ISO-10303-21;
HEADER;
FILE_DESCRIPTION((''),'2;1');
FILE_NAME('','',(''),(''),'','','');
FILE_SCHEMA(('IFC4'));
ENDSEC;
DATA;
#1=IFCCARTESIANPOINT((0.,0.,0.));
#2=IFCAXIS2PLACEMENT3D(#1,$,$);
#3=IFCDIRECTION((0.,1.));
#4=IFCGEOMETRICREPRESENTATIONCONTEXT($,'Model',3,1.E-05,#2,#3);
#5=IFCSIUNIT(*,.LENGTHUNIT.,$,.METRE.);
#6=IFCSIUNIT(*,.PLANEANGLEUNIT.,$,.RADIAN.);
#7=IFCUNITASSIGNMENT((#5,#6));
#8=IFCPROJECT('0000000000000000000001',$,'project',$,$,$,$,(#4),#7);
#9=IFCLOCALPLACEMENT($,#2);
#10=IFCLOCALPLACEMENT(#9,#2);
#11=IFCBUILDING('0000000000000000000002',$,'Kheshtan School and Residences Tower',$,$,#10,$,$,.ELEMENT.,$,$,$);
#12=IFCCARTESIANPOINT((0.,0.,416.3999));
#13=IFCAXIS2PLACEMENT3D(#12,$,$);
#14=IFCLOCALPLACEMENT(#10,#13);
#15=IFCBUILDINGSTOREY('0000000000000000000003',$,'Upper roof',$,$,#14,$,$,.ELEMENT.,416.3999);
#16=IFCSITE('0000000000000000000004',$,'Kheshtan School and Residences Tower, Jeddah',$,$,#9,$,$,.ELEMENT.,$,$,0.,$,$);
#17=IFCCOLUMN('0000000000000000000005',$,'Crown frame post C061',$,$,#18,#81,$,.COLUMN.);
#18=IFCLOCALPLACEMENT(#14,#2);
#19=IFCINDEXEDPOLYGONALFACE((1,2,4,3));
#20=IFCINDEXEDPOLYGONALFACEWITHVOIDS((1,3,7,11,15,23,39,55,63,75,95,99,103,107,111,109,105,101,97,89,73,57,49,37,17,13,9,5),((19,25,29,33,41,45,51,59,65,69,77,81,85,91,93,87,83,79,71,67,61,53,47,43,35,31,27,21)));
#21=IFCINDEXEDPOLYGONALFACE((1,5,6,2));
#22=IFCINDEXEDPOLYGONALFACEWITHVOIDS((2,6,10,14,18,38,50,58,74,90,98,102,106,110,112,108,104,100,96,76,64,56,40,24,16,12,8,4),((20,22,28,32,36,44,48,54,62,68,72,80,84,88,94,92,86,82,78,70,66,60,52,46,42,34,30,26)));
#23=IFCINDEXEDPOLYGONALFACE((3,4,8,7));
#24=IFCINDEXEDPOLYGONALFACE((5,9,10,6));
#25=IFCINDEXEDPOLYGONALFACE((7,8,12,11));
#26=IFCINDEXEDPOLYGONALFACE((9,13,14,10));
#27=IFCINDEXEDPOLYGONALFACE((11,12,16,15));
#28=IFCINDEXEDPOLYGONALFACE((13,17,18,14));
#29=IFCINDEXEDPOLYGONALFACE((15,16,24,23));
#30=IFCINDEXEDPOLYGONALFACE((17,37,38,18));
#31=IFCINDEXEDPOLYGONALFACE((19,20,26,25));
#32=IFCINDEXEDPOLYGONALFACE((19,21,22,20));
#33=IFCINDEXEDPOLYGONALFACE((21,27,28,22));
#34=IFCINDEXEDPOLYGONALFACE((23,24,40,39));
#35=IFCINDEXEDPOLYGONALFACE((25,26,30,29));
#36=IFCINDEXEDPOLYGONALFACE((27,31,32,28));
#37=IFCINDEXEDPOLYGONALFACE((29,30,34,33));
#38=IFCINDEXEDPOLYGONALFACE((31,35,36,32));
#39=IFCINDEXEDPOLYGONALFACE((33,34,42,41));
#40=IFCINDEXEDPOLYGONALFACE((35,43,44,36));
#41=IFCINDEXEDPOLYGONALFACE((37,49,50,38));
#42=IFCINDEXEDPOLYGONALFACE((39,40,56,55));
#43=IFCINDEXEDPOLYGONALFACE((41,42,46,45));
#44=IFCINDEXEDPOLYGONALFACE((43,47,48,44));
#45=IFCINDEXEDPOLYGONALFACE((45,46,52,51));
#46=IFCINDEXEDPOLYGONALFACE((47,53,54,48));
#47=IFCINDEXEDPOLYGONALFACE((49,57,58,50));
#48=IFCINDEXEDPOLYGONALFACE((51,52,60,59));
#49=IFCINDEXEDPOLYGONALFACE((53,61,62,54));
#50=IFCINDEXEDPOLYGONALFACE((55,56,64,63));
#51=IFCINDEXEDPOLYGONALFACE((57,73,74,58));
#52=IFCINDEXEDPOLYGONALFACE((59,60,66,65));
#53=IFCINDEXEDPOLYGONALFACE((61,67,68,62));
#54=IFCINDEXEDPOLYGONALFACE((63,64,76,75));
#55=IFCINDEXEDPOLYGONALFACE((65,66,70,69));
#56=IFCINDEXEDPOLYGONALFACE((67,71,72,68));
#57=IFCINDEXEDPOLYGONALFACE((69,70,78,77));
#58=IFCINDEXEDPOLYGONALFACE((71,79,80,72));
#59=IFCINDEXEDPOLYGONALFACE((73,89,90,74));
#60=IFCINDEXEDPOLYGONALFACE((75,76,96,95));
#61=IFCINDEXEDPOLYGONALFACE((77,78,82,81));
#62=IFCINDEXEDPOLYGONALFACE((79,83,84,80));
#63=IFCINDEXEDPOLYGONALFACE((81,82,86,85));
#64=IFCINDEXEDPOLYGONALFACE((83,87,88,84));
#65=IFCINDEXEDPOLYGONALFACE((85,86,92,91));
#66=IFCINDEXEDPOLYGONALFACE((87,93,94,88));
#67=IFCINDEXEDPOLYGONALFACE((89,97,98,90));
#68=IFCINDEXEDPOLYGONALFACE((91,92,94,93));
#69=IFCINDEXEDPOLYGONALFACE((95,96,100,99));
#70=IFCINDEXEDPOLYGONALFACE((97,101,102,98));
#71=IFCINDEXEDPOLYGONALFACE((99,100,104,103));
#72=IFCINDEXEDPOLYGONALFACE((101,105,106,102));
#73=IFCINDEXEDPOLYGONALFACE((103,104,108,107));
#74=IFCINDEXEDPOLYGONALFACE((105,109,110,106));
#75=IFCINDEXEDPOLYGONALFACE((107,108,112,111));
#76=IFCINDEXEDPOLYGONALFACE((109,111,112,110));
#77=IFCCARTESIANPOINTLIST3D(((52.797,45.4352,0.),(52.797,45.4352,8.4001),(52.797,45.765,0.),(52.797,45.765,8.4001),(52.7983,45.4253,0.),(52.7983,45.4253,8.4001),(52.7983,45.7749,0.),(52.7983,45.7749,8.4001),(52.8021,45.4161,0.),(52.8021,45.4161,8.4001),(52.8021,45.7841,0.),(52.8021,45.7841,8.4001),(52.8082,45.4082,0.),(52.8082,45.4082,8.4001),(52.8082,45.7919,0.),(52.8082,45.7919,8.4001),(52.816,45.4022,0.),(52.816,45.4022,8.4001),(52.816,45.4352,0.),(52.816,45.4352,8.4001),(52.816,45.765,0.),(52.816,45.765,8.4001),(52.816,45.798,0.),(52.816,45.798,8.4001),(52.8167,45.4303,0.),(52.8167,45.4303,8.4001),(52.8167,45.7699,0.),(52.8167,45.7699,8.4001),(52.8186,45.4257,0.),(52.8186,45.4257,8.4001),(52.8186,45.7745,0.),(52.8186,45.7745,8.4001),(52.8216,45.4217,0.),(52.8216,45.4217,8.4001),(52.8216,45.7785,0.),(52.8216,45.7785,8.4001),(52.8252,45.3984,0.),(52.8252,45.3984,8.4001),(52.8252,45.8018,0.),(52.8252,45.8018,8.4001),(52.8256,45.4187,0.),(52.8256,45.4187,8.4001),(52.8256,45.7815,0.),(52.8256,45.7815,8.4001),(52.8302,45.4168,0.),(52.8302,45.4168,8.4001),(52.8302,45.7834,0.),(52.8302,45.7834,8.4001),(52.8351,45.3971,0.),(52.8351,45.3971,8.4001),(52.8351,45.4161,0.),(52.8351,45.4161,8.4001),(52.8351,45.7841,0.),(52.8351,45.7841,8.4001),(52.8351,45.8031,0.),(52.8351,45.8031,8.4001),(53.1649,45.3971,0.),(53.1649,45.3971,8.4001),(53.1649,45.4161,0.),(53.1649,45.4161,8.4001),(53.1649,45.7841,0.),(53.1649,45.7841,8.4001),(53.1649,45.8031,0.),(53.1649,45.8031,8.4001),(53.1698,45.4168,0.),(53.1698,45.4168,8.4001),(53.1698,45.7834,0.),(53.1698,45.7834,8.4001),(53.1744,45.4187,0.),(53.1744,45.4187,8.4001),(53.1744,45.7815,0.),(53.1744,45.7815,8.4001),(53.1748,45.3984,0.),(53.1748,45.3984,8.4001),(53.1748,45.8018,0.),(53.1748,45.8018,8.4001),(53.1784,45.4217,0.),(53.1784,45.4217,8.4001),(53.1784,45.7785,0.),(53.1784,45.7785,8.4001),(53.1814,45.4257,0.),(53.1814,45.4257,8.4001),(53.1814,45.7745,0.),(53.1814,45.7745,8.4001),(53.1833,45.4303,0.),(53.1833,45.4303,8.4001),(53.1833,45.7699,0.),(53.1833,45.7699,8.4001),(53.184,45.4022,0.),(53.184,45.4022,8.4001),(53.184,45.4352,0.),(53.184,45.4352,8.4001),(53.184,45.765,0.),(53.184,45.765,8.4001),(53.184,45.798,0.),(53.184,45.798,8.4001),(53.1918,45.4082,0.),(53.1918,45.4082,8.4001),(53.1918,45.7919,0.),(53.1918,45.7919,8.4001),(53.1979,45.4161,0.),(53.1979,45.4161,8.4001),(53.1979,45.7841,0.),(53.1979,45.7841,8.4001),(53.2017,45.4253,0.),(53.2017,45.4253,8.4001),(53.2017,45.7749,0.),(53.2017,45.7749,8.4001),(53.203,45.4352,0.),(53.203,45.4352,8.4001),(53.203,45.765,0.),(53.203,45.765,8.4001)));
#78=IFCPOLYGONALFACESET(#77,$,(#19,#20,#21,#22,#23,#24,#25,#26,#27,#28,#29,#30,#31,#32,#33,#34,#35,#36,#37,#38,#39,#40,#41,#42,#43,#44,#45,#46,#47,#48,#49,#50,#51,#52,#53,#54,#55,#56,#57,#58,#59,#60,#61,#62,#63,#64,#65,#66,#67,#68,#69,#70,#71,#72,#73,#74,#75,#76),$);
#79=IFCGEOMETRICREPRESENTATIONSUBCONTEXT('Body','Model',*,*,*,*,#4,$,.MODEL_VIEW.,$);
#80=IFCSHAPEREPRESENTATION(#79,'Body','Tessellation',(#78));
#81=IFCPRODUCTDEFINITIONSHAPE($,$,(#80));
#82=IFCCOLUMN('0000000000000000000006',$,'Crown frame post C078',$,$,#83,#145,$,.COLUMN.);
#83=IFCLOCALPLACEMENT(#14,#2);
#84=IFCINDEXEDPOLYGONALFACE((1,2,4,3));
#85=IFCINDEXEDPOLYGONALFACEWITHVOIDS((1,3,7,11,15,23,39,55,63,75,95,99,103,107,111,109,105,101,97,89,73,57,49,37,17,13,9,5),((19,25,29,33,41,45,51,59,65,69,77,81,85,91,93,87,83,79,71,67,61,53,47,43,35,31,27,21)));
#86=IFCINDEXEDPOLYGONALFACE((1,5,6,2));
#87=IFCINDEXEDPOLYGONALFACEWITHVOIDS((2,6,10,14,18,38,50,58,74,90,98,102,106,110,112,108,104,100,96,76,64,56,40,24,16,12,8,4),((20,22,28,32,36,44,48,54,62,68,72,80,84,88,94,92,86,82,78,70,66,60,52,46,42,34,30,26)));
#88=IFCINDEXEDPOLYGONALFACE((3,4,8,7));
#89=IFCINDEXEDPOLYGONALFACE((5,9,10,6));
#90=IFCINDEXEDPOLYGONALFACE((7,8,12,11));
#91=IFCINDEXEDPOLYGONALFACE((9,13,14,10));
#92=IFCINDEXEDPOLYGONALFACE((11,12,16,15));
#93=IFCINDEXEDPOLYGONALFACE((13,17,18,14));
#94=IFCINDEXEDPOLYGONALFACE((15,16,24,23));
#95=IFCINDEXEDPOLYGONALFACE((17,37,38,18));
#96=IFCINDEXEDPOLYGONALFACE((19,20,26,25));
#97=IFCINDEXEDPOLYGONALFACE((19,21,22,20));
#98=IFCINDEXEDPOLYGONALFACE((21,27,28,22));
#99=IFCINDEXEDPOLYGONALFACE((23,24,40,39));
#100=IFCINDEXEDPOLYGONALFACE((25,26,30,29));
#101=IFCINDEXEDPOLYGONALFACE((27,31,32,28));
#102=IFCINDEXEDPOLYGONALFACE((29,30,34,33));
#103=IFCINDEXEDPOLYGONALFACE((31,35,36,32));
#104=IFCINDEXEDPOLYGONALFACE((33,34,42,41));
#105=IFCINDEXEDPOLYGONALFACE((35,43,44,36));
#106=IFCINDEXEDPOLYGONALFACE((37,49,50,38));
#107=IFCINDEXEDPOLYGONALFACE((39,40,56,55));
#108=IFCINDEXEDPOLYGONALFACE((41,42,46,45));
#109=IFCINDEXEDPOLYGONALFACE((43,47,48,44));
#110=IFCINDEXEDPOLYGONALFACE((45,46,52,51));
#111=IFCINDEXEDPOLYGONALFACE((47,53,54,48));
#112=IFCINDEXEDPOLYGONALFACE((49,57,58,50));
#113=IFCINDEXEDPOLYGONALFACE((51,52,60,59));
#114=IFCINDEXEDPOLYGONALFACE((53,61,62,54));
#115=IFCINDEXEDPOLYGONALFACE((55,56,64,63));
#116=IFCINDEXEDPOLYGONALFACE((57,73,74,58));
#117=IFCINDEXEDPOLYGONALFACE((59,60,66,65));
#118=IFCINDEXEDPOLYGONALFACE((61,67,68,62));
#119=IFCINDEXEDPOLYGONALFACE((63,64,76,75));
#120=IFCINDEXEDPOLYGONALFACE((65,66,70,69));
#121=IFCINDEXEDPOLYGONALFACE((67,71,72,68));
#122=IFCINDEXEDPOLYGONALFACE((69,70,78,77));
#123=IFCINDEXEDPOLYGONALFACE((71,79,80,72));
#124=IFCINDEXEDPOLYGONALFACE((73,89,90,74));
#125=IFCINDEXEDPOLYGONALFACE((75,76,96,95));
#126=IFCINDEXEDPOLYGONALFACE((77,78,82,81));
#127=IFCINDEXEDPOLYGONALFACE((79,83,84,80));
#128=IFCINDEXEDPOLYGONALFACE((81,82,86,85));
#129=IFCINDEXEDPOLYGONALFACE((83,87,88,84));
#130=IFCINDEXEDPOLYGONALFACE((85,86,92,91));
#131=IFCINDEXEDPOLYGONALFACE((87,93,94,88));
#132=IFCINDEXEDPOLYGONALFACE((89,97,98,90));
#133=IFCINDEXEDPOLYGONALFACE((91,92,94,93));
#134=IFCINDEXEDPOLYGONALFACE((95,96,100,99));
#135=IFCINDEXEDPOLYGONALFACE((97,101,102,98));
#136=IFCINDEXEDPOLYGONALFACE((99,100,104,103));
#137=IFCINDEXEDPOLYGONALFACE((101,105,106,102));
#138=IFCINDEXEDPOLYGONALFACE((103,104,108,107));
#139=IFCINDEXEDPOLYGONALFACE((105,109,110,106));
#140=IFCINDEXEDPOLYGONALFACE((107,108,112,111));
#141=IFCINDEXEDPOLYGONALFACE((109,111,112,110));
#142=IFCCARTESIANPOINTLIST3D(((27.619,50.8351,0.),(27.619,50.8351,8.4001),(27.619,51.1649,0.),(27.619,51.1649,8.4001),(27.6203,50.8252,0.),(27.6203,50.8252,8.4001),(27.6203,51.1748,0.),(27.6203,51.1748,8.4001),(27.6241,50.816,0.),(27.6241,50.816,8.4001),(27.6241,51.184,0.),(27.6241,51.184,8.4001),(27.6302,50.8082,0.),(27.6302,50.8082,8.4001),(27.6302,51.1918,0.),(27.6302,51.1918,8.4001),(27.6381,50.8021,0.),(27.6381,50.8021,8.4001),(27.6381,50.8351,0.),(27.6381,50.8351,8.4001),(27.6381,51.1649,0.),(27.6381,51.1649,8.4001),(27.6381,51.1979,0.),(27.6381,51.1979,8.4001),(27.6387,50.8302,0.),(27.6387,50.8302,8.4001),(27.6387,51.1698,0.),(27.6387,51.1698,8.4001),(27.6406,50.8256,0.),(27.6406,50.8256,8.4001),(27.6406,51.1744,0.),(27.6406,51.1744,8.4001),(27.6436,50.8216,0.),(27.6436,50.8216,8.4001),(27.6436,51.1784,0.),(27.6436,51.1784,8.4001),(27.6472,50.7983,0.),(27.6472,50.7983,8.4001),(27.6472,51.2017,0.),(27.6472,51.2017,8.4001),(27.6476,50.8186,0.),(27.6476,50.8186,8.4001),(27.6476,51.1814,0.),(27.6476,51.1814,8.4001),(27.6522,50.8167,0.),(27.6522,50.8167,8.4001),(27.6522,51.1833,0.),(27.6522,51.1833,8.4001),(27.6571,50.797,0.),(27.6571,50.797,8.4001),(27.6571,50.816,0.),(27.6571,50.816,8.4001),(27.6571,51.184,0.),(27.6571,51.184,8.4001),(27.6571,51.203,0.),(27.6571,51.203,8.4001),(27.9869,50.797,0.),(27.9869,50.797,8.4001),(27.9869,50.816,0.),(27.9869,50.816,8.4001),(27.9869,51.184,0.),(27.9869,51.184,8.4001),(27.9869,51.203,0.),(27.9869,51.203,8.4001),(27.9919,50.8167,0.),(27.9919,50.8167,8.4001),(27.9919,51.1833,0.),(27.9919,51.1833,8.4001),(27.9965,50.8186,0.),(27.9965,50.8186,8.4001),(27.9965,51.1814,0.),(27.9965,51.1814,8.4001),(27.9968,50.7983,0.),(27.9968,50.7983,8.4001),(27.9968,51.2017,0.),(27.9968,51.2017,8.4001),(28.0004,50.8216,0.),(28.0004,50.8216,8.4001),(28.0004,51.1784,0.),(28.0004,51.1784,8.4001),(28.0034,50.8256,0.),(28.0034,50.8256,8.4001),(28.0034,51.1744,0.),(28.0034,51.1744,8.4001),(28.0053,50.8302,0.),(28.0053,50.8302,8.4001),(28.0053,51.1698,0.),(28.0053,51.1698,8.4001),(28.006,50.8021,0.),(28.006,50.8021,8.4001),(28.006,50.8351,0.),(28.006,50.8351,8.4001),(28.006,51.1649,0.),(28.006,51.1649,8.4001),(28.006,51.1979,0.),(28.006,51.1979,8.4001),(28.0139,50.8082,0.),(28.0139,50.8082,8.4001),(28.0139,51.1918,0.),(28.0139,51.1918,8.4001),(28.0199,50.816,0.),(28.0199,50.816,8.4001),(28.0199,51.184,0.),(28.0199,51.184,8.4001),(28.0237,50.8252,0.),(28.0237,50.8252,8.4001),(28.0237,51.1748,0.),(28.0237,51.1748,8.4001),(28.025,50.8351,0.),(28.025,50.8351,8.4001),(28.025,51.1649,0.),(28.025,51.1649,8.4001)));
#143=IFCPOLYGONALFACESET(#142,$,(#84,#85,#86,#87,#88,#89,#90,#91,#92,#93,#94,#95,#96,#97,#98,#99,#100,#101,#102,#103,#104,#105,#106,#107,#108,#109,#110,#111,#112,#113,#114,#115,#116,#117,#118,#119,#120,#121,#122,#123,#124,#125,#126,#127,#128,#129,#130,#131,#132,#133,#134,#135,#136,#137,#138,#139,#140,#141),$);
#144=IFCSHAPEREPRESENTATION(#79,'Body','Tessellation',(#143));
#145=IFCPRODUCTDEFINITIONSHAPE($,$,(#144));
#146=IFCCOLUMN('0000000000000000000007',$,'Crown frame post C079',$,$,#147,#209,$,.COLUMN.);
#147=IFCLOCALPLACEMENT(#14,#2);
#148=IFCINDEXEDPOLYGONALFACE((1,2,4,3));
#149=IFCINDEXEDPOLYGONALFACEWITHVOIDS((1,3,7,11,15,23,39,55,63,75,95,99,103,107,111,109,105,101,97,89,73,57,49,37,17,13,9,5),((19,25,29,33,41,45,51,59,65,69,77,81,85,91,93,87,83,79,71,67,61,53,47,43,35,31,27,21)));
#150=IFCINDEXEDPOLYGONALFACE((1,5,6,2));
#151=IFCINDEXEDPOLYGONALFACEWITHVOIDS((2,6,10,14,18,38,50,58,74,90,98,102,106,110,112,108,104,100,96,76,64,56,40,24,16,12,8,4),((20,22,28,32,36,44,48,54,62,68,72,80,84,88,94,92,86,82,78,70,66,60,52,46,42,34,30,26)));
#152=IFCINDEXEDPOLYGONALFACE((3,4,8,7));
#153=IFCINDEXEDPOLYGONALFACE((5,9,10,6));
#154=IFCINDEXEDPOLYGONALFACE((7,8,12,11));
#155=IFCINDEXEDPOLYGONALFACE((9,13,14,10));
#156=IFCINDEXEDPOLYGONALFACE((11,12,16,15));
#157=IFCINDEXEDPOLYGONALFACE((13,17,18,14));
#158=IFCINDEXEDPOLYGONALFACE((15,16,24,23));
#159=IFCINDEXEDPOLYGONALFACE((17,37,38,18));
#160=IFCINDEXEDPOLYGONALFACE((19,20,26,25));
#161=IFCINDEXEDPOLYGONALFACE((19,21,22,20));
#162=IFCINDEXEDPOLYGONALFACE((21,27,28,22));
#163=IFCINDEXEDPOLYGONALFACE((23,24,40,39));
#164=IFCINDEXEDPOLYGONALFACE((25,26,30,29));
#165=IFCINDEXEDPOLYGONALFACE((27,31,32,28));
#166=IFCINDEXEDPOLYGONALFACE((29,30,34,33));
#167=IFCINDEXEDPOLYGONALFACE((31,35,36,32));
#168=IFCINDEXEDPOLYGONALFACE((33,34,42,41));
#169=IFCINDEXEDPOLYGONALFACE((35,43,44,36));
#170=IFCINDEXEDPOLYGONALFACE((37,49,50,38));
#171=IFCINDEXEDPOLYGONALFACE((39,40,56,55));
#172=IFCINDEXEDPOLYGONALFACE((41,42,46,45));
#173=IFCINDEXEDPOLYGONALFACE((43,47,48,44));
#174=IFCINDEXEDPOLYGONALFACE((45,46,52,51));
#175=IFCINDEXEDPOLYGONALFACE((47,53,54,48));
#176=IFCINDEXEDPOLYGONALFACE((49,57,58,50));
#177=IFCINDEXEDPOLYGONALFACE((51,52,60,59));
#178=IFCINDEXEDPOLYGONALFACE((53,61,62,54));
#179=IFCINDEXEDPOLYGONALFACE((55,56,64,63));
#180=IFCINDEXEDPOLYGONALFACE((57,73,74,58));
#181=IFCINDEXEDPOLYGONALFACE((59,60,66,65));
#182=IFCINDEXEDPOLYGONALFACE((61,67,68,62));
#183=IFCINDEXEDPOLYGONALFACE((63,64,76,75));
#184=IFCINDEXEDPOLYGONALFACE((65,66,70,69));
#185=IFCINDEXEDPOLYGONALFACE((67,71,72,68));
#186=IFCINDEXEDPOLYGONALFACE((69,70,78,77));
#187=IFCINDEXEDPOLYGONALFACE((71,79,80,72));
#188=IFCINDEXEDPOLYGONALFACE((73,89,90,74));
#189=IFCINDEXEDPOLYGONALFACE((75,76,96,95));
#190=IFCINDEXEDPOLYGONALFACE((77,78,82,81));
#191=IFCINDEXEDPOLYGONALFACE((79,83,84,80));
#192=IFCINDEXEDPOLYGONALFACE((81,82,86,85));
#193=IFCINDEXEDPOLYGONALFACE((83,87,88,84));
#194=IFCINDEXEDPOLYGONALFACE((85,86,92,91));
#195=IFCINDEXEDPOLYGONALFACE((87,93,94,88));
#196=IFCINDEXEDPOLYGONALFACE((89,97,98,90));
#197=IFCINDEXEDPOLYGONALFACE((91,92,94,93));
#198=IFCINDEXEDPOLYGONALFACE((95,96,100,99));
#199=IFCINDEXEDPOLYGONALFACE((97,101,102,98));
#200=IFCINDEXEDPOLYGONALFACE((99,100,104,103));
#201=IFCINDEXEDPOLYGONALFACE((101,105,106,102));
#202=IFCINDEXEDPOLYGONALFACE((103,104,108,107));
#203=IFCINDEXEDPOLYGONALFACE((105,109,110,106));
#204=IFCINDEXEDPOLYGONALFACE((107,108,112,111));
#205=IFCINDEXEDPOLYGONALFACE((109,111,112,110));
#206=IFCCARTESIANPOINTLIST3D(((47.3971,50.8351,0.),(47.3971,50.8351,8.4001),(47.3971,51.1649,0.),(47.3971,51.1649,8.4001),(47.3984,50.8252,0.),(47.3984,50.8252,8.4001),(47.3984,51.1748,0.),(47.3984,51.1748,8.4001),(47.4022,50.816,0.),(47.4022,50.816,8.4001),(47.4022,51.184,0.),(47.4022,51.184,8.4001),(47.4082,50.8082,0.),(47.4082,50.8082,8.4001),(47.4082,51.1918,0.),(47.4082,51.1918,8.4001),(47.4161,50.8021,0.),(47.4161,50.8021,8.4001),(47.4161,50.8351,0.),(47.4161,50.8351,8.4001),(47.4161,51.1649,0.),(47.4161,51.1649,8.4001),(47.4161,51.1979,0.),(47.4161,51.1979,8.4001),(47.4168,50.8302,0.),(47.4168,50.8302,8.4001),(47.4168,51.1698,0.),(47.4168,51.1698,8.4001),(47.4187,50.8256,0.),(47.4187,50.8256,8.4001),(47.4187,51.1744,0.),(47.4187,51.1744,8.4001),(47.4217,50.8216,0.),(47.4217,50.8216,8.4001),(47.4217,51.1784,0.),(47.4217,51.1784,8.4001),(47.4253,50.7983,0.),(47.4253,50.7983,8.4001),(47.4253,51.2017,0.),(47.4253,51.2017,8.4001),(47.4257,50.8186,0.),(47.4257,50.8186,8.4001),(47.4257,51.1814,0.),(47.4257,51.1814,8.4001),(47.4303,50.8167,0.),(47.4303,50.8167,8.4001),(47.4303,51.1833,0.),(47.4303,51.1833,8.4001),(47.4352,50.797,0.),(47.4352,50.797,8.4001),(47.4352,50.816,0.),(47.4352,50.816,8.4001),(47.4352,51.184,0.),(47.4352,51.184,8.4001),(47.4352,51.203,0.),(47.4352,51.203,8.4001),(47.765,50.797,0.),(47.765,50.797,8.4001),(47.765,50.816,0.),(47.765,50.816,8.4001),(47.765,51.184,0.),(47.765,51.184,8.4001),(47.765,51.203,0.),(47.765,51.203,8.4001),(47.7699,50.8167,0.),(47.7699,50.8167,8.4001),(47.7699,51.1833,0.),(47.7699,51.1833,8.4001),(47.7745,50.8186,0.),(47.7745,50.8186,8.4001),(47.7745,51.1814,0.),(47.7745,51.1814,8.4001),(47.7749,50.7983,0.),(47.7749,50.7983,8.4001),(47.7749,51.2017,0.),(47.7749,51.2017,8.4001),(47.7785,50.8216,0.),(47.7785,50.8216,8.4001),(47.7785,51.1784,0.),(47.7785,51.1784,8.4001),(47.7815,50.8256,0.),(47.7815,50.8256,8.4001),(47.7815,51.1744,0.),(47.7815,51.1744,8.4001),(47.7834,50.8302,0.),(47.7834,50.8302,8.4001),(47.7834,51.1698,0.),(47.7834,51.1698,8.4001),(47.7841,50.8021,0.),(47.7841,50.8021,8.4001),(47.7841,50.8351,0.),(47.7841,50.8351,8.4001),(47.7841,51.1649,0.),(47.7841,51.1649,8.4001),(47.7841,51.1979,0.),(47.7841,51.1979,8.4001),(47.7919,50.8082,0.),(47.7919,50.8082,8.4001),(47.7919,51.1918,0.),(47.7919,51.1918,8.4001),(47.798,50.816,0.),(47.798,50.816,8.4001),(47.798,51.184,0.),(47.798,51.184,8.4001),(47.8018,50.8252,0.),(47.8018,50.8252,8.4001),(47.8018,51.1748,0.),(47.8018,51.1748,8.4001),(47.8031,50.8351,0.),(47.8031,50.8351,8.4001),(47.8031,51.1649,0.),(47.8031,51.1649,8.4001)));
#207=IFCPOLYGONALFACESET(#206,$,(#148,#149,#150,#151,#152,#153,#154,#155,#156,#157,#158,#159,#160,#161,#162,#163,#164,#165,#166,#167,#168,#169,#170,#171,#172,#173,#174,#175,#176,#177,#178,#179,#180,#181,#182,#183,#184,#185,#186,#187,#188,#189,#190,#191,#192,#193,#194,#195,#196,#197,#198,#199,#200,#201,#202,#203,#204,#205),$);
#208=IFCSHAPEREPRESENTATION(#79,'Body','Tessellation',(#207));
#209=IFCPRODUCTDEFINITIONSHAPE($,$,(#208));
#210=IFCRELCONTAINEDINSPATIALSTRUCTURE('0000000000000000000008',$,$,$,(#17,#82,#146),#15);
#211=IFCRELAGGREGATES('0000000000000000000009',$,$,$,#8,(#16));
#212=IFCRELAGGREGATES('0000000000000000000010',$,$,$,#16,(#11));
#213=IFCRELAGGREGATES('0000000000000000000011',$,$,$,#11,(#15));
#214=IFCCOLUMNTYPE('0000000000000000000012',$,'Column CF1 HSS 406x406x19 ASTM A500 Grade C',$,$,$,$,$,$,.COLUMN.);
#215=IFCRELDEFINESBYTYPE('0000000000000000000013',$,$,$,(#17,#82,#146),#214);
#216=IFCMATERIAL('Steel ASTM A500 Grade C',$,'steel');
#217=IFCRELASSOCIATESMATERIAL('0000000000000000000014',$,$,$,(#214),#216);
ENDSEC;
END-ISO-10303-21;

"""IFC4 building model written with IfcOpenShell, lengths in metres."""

from ifc_helpers import new_model, si_unit, direction, frame, origin, origin_2d, place, context, subcontext, project, spatial, hollow_rectangle, extrude, material, material_profile, profile_set, type_object, element, save


model = new_model("IFC4")

# Units and contexts
model_context = context("Model", 3, precision=1e-05, world=origin(), true_north=direction((0.0, 1.0)))
body_context = subcontext(model_context, "Body", "Model", "MODEL_VIEW")
ifc_project = project(units=[si_unit("LENGTHUNIT", "METRE"), si_unit("PLANEANGLEUNIT", "RADIAN")], contexts=[model_context])

# Site, building, storey
site_placement = place(None, origin())
site = spatial("IfcSite", under=ifc_project, at=site_placement, Name="Kheshtan School and Residences Tower, Jeddah", CompositionType="ELEMENT", RefElevation=0.0)
building_placement = place(site_placement, origin())
building = spatial("IfcBuilding", under=site, at=building_placement, Name="Kheshtan School and Residences Tower", CompositionType="ELEMENT")
storey_placement = place(building_placement, frame((0.0, 0.0, 416.3999)))
storey = spatial("IfcBuildingStorey", under=building, at=storey_placement, Name="Upper roof", CompositionType="ELEMENT", Elevation=416.3999)

# Columns
ifc_material_1 = material(Name="Steel ASTM A500 Grade C", Category="steel")
ifc_material_profile = material_profile(ifc_material_1, hollow_rectangle(XDim=0.406, YDim=0.406, WallThickness=0.019, InnerFilletRadius=0.019, OuterFilletRadius=0.0381, at=origin_2d()), Name="HSS 406x406x19")
ifc_profile_set = profile_set([ifc_material_profile], Name="Steel ASTM A500 Grade C")
column_type = type_object("IfcColumnType", Name="Column CF1 HSS 406x406x19 ASTM A500 Grade C", PredefinedType="COLUMN", material=ifc_profile_set)
for number, where, z_axis, x_axis, name in (
    (1, (53.0, 45.6001, 0.0), (0.0, 0.0, 1.0), (1.0, 0.0, 0.0), "Crown frame post C061"),
    (2, (27.822, 51.0, 0.0), (0.0, 0.0, 1.0), (1.0, 0.0, 0.0), "Crown frame post C078"),
    (3, (47.6001, 51.0, 0.0), (0.0, 0.0, 1.0), (1.0, 0.0, 0.0), "Crown frame post C079"),
):
    element("IfcColumn", number, at=place(storey_placement, frame(where, z_axis=z_axis, x_axis=x_axis)), inside=storey, type_object=column_type, Name=name, PredefinedType="COLUMN", context=body_context, shape_type="SweptSolid", body=[
        extrude(hollow_rectangle(XDim=0.406, YDim=0.406, WallThickness=0.019, InnerFilletRadius=0.019, OuterFilletRadius=0.0381, at=origin_2d()), origin(), (0.0, 0.0, 1.0), 8.4001),
    ])

save(model, "model.ifc")
